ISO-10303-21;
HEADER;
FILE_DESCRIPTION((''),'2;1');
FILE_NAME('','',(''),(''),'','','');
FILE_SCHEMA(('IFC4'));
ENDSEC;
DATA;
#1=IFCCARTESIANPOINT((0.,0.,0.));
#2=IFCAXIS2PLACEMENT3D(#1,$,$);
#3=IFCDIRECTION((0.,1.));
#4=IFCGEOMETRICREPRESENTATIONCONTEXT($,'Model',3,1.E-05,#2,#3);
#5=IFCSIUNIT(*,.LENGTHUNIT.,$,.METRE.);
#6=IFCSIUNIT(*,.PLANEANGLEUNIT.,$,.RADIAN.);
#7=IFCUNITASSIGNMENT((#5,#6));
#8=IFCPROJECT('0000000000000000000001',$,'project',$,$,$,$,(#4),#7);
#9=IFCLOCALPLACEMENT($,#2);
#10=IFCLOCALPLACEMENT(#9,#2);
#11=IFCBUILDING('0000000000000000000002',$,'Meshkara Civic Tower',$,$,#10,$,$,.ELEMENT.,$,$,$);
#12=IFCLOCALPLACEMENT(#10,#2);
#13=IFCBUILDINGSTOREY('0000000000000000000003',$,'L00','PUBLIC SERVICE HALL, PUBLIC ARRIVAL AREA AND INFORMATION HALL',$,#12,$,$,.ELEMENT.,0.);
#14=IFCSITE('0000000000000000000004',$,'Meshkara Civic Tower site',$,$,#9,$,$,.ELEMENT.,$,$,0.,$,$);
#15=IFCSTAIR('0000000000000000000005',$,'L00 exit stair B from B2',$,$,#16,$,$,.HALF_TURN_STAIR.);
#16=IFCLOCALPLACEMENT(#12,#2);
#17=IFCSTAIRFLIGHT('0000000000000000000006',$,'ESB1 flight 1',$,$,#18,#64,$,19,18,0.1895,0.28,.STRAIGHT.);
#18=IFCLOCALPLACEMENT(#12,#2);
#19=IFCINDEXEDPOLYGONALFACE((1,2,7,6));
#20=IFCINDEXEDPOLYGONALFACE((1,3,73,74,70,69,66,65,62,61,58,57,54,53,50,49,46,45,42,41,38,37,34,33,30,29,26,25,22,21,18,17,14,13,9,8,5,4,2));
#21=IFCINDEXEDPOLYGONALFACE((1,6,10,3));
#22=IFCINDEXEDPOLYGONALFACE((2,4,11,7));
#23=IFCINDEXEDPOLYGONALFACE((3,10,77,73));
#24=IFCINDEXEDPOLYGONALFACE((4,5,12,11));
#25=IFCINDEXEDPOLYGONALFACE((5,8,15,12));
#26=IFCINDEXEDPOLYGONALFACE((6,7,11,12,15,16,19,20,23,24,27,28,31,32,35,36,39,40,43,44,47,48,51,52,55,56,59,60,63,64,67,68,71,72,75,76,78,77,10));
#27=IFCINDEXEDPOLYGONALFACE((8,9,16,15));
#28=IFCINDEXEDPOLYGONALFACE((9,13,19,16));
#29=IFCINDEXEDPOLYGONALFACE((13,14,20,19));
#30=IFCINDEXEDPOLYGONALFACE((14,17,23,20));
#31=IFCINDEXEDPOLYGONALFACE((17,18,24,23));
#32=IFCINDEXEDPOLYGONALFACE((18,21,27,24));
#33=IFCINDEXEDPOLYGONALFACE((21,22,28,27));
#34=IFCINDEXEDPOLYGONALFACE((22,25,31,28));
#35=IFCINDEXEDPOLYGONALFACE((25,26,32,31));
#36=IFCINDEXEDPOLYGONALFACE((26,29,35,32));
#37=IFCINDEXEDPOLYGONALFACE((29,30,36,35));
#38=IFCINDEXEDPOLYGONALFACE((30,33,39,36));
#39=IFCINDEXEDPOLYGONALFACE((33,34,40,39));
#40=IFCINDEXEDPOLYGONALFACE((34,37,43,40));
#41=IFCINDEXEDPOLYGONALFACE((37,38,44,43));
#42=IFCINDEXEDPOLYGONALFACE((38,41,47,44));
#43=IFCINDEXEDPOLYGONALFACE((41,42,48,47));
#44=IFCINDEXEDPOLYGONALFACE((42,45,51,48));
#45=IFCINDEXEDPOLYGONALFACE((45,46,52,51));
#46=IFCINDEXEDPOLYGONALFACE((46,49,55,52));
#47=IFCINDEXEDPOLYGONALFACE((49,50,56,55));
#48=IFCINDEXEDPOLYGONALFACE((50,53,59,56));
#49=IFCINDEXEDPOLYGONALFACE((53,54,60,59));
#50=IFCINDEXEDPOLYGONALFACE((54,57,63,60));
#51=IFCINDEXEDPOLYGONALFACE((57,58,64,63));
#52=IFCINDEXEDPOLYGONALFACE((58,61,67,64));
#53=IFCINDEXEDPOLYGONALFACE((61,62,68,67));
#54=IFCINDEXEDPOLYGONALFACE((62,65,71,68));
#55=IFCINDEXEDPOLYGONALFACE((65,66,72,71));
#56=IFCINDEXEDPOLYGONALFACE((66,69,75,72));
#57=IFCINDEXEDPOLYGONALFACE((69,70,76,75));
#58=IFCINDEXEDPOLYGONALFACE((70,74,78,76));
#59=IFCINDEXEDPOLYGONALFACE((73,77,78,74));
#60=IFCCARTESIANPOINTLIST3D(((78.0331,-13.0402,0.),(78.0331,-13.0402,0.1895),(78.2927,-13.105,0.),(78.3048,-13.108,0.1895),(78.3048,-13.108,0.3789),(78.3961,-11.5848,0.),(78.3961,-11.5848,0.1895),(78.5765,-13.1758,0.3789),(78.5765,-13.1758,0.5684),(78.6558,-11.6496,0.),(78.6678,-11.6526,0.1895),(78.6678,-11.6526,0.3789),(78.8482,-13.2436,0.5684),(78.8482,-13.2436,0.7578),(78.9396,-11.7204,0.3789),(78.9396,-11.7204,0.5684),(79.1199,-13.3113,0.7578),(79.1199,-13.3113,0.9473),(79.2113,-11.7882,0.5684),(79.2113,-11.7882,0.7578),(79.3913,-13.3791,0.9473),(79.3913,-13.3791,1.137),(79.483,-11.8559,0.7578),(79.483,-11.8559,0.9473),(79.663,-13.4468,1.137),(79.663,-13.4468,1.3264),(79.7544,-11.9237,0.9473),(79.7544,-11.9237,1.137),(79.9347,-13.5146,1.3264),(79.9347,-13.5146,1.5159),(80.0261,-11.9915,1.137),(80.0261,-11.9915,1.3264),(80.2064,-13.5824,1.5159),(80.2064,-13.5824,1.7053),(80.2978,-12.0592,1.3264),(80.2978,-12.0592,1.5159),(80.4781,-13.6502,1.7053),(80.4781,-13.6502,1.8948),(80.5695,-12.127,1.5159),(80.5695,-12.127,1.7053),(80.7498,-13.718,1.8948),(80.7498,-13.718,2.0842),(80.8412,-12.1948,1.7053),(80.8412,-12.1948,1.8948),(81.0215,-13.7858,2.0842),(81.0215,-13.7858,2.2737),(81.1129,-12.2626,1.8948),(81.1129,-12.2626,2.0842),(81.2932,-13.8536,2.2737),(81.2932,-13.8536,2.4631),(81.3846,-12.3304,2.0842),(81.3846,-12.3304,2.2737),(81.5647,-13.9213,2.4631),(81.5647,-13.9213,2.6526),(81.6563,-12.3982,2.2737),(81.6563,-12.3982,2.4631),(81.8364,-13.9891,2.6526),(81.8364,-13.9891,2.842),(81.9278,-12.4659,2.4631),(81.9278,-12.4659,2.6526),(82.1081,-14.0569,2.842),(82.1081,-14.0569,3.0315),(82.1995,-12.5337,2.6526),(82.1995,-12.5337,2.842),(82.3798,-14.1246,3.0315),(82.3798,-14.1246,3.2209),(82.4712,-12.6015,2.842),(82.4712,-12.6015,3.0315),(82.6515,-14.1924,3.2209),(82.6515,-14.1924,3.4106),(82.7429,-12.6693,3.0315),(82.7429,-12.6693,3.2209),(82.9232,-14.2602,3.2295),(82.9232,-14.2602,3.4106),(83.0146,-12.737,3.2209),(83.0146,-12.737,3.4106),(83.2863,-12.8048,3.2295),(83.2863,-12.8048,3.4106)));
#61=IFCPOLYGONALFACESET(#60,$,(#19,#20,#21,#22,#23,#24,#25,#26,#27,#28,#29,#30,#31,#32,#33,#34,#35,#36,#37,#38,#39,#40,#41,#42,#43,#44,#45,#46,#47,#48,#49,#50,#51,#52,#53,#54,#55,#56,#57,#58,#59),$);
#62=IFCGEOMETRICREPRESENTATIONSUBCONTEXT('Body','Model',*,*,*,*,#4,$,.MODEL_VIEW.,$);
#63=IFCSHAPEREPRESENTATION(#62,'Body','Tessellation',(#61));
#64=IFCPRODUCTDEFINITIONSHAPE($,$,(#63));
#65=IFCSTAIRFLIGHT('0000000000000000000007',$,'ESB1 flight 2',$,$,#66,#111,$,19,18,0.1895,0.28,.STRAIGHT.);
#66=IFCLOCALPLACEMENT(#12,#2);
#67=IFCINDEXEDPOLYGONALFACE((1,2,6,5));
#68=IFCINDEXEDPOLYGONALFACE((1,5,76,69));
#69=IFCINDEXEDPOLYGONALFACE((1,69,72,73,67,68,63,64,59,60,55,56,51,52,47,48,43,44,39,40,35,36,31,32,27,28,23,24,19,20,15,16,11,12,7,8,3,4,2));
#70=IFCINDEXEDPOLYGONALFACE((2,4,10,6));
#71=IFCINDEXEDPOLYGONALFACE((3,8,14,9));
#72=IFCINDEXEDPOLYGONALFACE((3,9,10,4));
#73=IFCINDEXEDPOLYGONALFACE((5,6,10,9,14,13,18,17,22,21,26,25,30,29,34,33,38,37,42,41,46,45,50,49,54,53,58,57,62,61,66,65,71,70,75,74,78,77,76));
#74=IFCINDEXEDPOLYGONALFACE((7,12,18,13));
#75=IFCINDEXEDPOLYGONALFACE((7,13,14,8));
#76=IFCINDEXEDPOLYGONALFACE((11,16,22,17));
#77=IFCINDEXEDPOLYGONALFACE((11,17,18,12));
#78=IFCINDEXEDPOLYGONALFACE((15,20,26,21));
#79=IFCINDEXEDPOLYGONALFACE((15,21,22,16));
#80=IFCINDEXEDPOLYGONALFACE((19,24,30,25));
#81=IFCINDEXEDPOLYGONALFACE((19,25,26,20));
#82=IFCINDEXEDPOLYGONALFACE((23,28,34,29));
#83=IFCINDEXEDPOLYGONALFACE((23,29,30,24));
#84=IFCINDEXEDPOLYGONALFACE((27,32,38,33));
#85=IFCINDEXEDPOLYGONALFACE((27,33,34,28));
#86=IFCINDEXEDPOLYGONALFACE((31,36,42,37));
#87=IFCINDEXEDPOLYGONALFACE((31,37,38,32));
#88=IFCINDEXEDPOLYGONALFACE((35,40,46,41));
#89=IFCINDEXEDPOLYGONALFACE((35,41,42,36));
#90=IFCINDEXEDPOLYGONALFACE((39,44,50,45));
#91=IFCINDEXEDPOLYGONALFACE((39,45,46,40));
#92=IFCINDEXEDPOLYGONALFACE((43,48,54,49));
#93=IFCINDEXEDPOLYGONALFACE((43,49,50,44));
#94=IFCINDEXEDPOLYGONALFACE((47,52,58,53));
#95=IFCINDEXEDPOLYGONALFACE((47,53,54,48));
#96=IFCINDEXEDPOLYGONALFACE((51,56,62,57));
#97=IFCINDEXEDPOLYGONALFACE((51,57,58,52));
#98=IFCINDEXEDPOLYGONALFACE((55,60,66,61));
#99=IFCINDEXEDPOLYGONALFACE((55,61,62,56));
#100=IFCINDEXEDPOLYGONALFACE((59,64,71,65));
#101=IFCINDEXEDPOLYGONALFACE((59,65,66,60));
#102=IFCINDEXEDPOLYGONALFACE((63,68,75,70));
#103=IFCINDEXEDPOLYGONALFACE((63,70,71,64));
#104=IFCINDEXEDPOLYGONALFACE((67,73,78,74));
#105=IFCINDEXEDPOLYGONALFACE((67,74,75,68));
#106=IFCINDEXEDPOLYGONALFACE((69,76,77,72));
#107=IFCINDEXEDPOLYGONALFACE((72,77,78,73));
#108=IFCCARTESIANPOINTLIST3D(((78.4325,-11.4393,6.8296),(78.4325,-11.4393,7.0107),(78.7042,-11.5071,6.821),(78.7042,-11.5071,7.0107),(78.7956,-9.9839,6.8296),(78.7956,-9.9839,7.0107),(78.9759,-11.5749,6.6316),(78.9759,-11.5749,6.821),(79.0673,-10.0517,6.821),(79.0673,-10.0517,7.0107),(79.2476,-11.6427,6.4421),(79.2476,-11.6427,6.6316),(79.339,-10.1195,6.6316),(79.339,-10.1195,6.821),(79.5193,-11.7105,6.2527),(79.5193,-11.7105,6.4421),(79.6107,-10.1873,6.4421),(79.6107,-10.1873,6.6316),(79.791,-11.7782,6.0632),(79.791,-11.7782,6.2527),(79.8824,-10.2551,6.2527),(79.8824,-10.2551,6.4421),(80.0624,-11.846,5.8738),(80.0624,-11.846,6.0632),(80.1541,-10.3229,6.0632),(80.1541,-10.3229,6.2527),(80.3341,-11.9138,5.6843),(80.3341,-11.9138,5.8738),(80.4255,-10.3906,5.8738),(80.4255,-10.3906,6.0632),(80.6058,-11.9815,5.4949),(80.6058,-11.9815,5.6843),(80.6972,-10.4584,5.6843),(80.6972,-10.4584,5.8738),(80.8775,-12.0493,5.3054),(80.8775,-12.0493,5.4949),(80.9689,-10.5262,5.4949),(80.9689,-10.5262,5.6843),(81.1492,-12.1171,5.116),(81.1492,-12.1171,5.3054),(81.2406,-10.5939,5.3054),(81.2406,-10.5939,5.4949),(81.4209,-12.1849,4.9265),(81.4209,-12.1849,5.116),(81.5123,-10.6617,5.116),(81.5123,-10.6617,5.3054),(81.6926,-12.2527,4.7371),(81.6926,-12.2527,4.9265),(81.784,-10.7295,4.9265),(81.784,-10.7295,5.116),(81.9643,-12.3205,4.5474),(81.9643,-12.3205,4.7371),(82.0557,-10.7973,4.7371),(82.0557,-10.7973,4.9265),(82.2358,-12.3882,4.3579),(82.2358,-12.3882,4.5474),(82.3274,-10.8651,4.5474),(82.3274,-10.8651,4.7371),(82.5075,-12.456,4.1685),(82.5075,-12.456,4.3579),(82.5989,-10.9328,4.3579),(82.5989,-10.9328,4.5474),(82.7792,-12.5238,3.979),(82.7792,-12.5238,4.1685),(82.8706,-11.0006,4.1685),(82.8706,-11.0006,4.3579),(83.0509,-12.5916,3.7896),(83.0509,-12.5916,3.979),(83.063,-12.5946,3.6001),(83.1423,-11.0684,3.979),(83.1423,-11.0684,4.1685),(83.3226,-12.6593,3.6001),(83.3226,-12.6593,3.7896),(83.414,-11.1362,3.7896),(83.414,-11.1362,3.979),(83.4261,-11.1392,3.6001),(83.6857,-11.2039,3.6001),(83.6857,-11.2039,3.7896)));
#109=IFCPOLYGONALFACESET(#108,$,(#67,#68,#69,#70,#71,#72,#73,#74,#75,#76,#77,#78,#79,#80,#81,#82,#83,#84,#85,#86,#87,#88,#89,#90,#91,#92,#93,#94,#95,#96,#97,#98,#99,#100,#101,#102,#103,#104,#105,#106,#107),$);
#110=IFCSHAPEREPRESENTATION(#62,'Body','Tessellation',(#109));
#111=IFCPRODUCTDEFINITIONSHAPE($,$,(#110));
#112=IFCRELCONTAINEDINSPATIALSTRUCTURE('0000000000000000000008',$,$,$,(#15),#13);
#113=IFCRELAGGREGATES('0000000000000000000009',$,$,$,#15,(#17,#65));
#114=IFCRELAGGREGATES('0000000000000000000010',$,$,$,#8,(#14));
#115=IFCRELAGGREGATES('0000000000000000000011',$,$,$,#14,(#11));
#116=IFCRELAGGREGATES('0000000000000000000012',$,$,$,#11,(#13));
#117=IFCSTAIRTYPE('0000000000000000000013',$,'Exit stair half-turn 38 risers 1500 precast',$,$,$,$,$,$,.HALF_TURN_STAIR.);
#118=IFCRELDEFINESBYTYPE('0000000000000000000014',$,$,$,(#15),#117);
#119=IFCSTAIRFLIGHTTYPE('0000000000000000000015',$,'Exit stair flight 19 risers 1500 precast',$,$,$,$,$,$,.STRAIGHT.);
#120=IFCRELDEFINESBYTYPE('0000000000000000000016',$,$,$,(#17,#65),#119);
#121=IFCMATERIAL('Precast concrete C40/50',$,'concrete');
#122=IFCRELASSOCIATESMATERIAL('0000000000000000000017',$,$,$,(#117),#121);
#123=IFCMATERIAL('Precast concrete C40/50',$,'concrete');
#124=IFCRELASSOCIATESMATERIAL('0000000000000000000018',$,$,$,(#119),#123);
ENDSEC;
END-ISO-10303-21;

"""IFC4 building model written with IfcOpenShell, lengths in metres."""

from ifc_helpers import new_model, si_unit, direction, frame, origin, place, context, subcontext, project, spatial, polyline, outline, extrude, material, type_object, element, aggregate, save


model = new_model("IFC4")

# Units and contexts
model_context = context("Model", 3, precision=1e-05, world=origin(), true_north=direction((0.0, 1.0)))
body_context = subcontext(model_context, "Body", "Model", "MODEL_VIEW")
ifc_project = project(units=[si_unit("LENGTHUNIT", "METRE"), si_unit("PLANEANGLEUNIT", "RADIAN")], contexts=[model_context])

# Site, building, storey
site_placement = place(None, origin())
site = spatial("IfcSite", under=ifc_project, at=site_placement, Name="Meshkara Civic Tower site", CompositionType="ELEMENT", RefElevation=0.0)
building_placement = place(site_placement, origin())
building = spatial("IfcBuilding", under=site, at=building_placement, Name="Meshkara Civic Tower", CompositionType="ELEMENT")
storey_placement = place(building_placement, origin())
storey = spatial("IfcBuildingStorey", under=building, at=storey_placement, Name="L00", Description="PUBLIC SERVICE HALL, PUBLIC ARRIVAL AREA AND INFORMATION HALL", CompositionType="ELEMENT", Elevation=0.0)

# Stair, stair flights
ifc_material_1 = material(Name="Precast concrete C40/50", Category="concrete")
stair_type = type_object("IfcStairType", Name="Exit stair half-turn 38 risers 1500 precast", PredefinedType="HALF_TURN_STAIR", material=ifc_material_1)
stair_placement = place(storey_placement, origin())
stair = element("IfcStair", 1, at=stair_placement, inside=storey, type_object=stair_type, Name="L00 exit stair B from B2", PredefinedType="HALF_TURN_STAIR")
ifc_material_2 = material(Name="Precast concrete C40/50", Category="concrete")
stair_flight_type = type_object("IfcStairFlightType", Name="Exit stair flight 19 risers 1500 precast", PredefinedType="STRAIGHT", material=ifc_material_2)
stair_flight_1_placement = place(storey_placement, frame((78.2146, -12.3125, 0.0), z_axis=(0.0, 0.0, 1.0), x_axis=(0.97026, -0.242065, 0.0)))
stair_flight_1 = element("IfcStairFlight", 2, at=stair_flight_1_placement, type_object=stair_flight_type, Name="ESB1 flight 1", NumberOfRisers=19, NumberOfTreads=18, PredefinedType="STRAIGHT", RiserHeight=0.1895, TreadLength=0.28, context=body_context, shape_type="SweptSolid", body=[
    extrude(outline(polyline([(0.0, 0.0), (0.0, 0.1895), (0.28, 0.1895), (0.28, 0.3789), (0.5601, 0.3789), (0.5601, 0.5684), (0.8401, 0.5684), (0.8401, 0.7578), (1.1201, 0.7578), (1.1201, 0.9473), (1.3999, 0.9473), (1.3999, 1.137), (1.6799, 1.137), (1.6799, 1.3264), (1.96, 1.3264), (1.96, 1.5159), (2.24, 1.5159), (2.24, 1.7053), (2.52, 1.7053), (2.52, 1.8948), (2.8, 1.8948), (2.8, 2.0842), (3.0801, 2.0842), (3.0801, 2.2737), (3.3601, 2.2737), (3.3601, 2.4631), (3.6399, 2.4631), (3.6399, 2.6526), (3.9199, 2.6526), (3.9199, 2.842), (4.2, 2.842), (4.2, 3.0315), (4.48, 3.0315), (4.48, 3.2209), (4.76, 3.2209), (4.76, 3.4106), (5.04, 3.4106), (5.04, 3.6001), (5.04, 3.2295), (0.2676, 0.0), (0.0, 0.0)])), frame((0.0, 0.75, 0.0), z_axis=(0.0, -1.0, 0.0), x_axis=(1.0, 0.0, 0.0)), (0.0, 0.0, 1.0), 1.5),
])
stair_flight_2_placement = place(storey_placement, frame((83.5042, -11.9316, 3.6001), z_axis=(0.0, 0.0, 1.0), x_axis=(-0.97026, 0.242065, 0.0)))
stair_flight_2 = element("IfcStairFlight", 3, at=stair_flight_2_placement, type_object=stair_flight_type, Name="ESB1 flight 2", NumberOfRisers=19, NumberOfTreads=18, PredefinedType="STRAIGHT", RiserHeight=0.1895, TreadLength=0.28, context=body_context, shape_type="SweptSolid", body=[
    extrude(outline(polyline([(0.0, 0.0), (0.0, 0.1895), (0.28, 0.1895), (0.28, 0.3789), (0.5601, 0.3789), (0.5601, 0.5684), (0.8401, 0.5684), (0.8401, 0.7578), (1.1201, 0.7578), (1.1201, 0.9473), (1.3999, 0.9473), (1.3999, 1.137), (1.6799, 1.137), (1.6799, 1.3264), (1.96, 1.3264), (1.96, 1.5159), (2.24, 1.5159), (2.24, 1.7053), (2.52, 1.7053), (2.52, 1.8948), (2.8, 1.8948), (2.8, 2.0842), (3.0801, 2.0842), (3.0801, 2.2737), (3.3601, 2.2737), (3.3601, 2.4631), (3.6399, 2.4631), (3.6399, 2.6526), (3.9199, 2.6526), (3.9199, 2.842), (4.2, 2.842), (4.2, 3.0315), (4.48, 3.0315), (4.48, 3.2209), (4.76, 3.2209), (4.76, 3.4106), (5.04, 3.4106), (5.04, 3.6001), (5.04, 3.2295), (0.2676, 0.0), (0.0, 0.0)])), frame((0.0, 0.75, 0.0), z_axis=(0.0, -1.0, 0.0), x_axis=(1.0, 0.0, 0.0)), (0.0, 0.0, 1.0), 1.5),
])
aggregate(stair, [stair_flight_1, stair_flight_2])

save(model, "model.ifc")
